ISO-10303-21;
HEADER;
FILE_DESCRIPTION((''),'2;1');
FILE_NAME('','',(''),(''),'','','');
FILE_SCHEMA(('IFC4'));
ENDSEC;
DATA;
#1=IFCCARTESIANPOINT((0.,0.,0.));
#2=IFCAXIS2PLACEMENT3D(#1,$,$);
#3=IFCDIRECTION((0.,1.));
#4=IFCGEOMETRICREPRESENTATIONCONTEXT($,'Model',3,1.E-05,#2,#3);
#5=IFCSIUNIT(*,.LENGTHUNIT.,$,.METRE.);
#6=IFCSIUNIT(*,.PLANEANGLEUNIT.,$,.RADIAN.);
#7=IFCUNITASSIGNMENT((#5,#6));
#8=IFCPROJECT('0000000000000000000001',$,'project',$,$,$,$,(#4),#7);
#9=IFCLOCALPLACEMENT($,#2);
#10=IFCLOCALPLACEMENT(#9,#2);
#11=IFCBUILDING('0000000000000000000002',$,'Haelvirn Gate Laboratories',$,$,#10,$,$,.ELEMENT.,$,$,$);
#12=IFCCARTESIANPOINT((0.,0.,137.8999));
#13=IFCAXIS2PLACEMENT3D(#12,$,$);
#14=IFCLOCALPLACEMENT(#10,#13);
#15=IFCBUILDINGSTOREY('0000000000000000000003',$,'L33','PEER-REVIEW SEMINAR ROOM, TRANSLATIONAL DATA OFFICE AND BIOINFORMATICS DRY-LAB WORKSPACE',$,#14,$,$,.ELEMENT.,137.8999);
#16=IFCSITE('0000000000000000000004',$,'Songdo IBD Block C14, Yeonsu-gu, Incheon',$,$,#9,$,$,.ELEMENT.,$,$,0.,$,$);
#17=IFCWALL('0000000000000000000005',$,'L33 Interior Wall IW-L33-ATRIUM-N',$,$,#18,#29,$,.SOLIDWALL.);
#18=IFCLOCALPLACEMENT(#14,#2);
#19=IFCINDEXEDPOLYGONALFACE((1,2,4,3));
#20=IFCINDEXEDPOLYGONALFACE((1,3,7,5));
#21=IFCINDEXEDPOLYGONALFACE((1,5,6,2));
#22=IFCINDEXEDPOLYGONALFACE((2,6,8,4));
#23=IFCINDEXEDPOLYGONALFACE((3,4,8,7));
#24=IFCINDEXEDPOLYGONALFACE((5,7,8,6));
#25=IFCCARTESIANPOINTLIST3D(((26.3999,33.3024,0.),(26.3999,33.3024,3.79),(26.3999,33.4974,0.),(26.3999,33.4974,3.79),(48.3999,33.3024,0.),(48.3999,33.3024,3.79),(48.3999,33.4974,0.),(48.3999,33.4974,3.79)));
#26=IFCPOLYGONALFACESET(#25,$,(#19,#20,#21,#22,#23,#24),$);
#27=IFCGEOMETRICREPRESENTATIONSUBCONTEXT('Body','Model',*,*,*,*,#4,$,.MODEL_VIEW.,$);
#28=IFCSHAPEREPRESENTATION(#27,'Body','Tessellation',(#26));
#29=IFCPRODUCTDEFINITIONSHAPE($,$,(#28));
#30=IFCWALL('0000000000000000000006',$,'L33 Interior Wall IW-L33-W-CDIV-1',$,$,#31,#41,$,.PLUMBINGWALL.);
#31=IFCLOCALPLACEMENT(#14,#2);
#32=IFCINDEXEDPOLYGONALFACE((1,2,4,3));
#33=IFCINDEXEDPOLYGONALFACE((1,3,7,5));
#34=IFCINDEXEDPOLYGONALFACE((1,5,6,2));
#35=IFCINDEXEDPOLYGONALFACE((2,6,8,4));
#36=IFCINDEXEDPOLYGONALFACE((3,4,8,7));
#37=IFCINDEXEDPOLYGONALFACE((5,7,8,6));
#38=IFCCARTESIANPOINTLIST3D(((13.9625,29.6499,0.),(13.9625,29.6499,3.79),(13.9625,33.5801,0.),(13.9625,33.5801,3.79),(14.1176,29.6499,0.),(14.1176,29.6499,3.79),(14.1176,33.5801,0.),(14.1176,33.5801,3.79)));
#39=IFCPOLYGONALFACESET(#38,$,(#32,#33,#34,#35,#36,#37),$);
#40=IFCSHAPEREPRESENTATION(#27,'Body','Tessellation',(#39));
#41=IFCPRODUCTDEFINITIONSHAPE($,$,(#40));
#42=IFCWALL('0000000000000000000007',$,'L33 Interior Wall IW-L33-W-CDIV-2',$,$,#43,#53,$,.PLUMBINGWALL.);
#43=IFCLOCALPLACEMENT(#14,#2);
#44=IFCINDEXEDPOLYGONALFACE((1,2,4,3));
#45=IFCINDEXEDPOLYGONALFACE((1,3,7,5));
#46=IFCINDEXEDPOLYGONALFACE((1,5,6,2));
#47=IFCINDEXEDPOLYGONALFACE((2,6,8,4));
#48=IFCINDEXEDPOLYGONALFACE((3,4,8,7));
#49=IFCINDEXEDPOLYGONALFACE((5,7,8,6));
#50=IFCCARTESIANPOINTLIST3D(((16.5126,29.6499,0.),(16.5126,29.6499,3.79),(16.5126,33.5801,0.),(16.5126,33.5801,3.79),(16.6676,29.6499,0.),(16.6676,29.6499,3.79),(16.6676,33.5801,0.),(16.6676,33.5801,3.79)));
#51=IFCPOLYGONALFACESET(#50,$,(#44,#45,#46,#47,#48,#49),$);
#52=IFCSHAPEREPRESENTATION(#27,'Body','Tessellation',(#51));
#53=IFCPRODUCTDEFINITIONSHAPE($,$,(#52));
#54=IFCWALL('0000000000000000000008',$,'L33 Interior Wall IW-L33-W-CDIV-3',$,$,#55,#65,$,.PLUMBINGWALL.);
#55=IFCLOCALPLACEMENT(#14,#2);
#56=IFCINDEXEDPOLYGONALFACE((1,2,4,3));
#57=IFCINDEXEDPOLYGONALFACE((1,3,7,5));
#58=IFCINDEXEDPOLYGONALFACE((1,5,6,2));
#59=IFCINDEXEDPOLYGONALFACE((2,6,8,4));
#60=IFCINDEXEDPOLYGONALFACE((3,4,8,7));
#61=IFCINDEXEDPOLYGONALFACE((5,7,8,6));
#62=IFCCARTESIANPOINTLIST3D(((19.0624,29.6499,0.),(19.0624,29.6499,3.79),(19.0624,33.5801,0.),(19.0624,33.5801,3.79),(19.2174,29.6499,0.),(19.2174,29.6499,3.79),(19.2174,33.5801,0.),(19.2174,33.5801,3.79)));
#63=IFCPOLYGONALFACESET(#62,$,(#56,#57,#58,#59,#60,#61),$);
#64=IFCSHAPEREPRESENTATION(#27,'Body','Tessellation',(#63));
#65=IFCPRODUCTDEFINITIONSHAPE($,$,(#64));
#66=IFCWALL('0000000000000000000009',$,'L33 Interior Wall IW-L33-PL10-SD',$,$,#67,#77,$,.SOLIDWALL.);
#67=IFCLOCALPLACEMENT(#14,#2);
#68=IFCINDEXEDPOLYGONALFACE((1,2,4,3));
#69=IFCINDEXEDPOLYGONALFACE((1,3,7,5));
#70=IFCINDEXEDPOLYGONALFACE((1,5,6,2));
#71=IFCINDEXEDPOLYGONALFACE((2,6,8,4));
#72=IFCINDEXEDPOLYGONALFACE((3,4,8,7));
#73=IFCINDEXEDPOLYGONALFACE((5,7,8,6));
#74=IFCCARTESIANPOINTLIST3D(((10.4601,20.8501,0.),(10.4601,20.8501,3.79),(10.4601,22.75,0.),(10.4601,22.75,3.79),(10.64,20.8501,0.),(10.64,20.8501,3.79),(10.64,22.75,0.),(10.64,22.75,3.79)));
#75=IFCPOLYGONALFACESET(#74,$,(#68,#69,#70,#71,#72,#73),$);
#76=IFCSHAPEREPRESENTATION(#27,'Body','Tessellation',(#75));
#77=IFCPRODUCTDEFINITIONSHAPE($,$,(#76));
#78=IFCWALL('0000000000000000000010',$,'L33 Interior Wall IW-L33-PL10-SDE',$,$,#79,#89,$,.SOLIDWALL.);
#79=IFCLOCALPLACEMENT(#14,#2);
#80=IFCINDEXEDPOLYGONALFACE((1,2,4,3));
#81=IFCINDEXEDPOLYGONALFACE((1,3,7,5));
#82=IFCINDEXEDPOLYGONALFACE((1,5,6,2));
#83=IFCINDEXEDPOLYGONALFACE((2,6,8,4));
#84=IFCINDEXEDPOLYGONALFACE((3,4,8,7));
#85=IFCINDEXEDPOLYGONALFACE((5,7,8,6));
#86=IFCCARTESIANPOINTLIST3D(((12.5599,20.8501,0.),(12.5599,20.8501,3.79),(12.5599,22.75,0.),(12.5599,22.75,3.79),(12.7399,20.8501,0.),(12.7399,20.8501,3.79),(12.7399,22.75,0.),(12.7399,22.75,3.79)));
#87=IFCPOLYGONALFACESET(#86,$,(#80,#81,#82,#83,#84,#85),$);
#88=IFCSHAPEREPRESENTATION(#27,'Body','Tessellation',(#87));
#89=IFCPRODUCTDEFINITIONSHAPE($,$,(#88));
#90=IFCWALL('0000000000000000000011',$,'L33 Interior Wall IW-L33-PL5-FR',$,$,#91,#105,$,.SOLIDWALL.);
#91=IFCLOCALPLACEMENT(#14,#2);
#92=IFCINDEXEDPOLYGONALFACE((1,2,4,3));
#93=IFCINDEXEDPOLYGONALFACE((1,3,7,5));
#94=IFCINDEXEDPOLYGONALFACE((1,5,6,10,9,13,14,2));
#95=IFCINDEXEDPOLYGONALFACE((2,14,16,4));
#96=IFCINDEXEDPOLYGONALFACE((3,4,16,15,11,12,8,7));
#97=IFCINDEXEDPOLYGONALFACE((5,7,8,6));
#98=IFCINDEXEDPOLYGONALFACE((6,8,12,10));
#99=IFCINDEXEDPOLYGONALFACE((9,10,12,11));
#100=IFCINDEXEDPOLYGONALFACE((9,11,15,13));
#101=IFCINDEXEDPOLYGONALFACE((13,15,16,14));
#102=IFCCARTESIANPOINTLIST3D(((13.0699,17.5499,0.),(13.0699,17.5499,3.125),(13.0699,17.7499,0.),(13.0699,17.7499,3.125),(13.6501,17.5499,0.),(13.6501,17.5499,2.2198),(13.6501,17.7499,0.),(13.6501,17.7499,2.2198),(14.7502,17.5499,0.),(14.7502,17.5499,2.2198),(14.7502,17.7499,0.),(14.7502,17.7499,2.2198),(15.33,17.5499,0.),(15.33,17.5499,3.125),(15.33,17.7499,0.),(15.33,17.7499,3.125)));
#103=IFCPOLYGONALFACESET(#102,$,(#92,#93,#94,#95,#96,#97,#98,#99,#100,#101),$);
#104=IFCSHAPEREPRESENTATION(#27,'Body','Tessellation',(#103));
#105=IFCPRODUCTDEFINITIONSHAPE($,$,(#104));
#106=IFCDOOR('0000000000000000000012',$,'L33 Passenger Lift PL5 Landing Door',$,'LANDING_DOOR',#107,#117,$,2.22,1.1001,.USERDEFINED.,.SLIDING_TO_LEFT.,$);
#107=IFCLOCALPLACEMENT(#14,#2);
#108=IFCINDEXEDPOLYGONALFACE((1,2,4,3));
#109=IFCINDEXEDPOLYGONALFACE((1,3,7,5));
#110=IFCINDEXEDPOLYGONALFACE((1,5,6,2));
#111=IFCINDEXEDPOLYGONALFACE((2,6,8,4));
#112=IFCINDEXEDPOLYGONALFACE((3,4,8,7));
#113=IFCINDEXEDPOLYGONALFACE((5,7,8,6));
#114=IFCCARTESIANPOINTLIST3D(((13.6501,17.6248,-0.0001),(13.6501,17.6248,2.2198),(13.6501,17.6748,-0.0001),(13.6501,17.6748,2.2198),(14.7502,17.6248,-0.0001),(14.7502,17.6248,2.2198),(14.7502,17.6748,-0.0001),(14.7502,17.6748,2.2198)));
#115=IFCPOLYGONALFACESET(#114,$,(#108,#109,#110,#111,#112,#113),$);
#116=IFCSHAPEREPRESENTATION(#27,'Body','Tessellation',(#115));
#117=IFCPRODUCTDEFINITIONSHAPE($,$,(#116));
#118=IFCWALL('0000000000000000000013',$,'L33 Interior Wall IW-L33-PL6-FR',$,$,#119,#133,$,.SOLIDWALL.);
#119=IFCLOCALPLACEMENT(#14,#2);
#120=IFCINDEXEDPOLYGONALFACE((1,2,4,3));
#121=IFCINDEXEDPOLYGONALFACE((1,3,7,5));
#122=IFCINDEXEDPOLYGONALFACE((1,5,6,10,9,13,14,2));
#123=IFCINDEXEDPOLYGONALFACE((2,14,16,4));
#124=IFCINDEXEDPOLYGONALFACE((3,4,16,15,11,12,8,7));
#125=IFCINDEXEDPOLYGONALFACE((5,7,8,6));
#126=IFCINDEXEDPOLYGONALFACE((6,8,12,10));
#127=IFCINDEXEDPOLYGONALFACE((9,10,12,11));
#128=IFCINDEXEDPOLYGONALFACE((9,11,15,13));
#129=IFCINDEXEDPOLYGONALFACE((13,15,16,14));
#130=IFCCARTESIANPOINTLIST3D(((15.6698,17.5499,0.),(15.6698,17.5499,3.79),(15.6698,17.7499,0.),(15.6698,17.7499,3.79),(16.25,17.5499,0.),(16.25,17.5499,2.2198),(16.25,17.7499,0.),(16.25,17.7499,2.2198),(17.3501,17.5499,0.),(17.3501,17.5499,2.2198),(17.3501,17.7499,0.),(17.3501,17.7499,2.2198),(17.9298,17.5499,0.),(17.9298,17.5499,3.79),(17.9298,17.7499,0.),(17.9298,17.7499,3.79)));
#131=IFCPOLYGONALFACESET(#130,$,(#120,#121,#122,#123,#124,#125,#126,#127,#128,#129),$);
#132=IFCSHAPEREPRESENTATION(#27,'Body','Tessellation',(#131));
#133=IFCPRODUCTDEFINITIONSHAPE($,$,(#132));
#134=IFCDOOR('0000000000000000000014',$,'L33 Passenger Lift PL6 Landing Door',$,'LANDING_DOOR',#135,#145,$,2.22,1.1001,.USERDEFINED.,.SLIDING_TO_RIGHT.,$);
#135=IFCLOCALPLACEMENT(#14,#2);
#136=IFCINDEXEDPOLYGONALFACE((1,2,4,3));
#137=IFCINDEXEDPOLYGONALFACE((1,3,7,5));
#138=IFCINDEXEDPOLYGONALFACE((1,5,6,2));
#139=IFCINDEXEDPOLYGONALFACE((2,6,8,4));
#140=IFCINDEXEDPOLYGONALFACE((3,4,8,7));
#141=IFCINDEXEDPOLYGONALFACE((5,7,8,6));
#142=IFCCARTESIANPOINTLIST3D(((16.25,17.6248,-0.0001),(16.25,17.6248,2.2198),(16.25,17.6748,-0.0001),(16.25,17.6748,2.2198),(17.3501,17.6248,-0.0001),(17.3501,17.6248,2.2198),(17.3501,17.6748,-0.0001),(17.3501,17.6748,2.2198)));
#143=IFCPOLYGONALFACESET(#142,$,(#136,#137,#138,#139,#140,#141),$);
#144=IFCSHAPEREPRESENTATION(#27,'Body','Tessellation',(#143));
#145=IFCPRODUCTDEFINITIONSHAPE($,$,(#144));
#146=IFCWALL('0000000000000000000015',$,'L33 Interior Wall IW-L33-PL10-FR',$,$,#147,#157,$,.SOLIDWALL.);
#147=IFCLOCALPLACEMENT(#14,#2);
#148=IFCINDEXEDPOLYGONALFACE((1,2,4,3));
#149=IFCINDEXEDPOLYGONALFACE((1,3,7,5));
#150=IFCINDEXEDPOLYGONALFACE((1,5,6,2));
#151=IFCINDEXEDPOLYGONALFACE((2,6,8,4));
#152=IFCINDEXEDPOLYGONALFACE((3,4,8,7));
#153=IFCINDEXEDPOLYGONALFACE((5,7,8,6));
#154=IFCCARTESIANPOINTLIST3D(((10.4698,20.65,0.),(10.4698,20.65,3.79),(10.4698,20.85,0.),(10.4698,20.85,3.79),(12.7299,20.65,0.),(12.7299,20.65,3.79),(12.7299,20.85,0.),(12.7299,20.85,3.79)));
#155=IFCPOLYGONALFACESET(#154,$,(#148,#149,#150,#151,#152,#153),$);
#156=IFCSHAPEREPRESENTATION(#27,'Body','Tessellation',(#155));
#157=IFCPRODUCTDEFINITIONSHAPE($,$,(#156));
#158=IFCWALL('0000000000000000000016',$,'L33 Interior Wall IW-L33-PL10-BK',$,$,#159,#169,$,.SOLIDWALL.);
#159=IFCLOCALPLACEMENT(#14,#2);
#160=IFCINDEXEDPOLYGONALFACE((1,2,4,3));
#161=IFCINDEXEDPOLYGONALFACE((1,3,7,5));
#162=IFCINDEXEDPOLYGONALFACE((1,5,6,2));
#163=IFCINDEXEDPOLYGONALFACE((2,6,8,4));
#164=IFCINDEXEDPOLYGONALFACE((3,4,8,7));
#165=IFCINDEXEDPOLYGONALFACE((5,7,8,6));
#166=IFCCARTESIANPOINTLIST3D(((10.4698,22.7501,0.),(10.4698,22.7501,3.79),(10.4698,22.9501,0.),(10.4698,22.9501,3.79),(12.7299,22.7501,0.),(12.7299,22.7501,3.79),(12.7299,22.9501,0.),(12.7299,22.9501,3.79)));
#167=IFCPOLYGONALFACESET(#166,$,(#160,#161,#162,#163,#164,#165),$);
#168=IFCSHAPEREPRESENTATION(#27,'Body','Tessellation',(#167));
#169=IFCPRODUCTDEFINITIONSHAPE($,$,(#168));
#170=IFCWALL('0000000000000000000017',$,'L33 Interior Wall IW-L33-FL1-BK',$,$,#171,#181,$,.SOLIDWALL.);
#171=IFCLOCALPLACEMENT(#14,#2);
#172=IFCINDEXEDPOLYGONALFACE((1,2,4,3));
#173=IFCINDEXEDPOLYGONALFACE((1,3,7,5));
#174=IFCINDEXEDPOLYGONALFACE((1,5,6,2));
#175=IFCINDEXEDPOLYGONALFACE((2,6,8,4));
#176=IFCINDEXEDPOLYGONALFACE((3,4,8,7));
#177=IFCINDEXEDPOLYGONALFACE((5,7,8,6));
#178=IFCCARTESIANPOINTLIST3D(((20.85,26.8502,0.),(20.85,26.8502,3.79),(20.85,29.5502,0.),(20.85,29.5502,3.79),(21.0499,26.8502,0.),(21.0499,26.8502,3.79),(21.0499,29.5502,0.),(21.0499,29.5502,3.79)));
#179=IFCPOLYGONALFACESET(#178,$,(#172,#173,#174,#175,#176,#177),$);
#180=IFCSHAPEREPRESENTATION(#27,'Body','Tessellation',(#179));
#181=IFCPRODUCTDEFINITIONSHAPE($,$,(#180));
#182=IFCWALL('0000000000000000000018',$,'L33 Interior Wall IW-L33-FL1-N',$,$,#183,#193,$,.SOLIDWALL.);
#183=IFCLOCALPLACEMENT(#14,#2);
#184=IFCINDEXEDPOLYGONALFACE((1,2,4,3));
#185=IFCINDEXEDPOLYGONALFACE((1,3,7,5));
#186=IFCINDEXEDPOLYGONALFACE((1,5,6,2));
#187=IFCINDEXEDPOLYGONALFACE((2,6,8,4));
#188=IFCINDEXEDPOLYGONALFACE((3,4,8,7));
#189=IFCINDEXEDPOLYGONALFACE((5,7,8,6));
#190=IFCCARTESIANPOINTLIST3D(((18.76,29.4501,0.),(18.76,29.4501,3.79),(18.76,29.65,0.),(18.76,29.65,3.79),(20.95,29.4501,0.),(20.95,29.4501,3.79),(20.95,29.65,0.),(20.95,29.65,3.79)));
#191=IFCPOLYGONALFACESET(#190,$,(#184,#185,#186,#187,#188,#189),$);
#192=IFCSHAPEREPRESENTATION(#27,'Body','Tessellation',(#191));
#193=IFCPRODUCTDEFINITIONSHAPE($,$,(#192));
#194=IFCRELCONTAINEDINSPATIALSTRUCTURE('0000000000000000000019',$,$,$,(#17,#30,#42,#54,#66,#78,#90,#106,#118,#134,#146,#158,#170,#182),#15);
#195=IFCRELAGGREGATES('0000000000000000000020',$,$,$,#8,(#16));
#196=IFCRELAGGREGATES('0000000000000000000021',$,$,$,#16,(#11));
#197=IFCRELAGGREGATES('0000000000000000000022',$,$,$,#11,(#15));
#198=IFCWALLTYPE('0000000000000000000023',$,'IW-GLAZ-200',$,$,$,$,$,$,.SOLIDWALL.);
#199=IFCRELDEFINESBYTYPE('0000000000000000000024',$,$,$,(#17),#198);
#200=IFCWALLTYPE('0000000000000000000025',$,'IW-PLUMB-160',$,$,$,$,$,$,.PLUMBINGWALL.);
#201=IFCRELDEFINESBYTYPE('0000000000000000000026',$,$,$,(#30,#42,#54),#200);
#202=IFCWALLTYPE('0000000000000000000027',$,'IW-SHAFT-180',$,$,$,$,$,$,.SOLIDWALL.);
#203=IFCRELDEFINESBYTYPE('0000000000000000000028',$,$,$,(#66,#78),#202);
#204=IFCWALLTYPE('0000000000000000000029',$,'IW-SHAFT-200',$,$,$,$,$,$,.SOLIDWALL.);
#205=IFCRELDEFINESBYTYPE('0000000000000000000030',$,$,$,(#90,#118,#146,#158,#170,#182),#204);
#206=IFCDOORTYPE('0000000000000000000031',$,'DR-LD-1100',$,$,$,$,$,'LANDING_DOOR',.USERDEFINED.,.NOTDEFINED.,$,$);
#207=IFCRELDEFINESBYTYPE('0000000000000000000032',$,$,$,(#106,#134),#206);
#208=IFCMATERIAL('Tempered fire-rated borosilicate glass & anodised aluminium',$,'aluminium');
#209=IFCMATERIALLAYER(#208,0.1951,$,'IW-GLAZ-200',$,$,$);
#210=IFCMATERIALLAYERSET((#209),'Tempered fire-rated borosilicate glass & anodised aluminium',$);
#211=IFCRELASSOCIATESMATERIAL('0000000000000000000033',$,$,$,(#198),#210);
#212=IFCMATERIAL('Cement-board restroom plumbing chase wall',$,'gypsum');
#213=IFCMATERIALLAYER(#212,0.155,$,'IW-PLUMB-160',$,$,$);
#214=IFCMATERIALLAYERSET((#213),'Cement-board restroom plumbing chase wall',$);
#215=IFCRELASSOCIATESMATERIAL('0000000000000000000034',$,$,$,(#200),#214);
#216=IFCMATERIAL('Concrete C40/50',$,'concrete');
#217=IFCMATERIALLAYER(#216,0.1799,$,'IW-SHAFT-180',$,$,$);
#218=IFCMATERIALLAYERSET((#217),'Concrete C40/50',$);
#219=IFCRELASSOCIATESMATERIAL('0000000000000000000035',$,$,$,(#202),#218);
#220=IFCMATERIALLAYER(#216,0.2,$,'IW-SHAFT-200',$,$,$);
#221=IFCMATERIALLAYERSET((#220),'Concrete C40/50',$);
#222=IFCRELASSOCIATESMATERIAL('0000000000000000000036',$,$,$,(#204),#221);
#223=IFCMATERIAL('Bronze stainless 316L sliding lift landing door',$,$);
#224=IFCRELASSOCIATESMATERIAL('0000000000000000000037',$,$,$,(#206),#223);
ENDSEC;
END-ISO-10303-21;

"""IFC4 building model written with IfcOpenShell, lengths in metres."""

from ifc_helpers import new_model, si_unit, direction, frame, frame_2d, origin, place, context, subcontext, project, spatial, rectangle, extrude, source, transform, mapped, material, layer, layer_set, type_object, type_shapes, element, fill, save


model = new_model("IFC4")

# Units and contexts
model_context = context("Model", 3, precision=1e-05, world=origin(), true_north=direction((0.0, 1.0)))
body_context = subcontext(model_context, "Body", "Model", "MODEL_VIEW")
ifc_project = project(units=[si_unit("LENGTHUNIT", "METRE"), si_unit("PLANEANGLEUNIT", "RADIAN")], contexts=[model_context])

# Site, building, storey
site_placement = place(None, origin())
site = spatial("IfcSite", under=ifc_project, at=site_placement, Name="Songdo IBD Block C14, Yeonsu-gu, Incheon", CompositionType="ELEMENT", RefElevation=0.0)
building_placement = place(site_placement, origin())
building = spatial("IfcBuilding", under=site, at=building_placement, Name="Haelvirn Gate Laboratories", CompositionType="ELEMENT")
storey_placement = place(building_placement, frame((0.0, 0.0, 137.8999)))
storey = spatial("IfcBuildingStorey", under=building, at=storey_placement, Name="L33", Description="PEER-REVIEW SEMINAR ROOM, TRANSLATIONAL DATA OFFICE AND BIOINFORMATICS DRY-LAB WORKSPACE", CompositionType="ELEMENT", Elevation=137.8999)

# Walls
ifc_material_1 = material(Name="Tempered fire-rated borosilicate glass & anodised aluminium", Category="aluminium")
ifc_layer_1 = layer(ifc_material_1, 0.1951, Name="IW-GLAZ-200")
ifc_layer_set_1 = layer_set([ifc_layer_1], Name="Tempered fire-rated borosilicate glass & anodised aluminium")
wall_type_1 = type_object("IfcWallType", Name="IW-GLAZ-200", PredefinedType="SOLIDWALL", material=ifc_layer_set_1)
wall_1_placement = place(storey_placement, frame((26.3999, 33.3999, 0.0), z_axis=(0.0, 0.0, 1.0), x_axis=(1.0, 0.0, 0.0)))
element("IfcWall", 1, at=wall_1_placement, inside=storey, type_object=wall_type_1, Name="L33 Interior Wall IW-L33-ATRIUM-N", PredefinedType="SOLIDWALL", context=body_context, shape_type="SweptSolid", body=[
    extrude(rectangle(XDim=22.0, YDim=0.1951, at=frame_2d((11.0, 0.0))), origin(), (0.0, 0.0, 1.0), 3.79),
])
ifc_material_2 = material(Name="Cement-board restroom plumbing chase wall", Category="gypsum")
ifc_layer_2 = layer(ifc_material_2, 0.155, Name="IW-PLUMB-160")
ifc_layer_set_2 = layer_set([ifc_layer_2], Name="Cement-board restroom plumbing chase wall")
wall_type_2 = type_object("IfcWallType", Name="IW-PLUMB-160", PredefinedType="PLUMBINGWALL", material=ifc_layer_set_2)
for number, where, z_axis, x_axis, name in (
    (2, (14.04, 29.6499, 0.0), (0.0, 0.0, 1.0), (0.0, 1.0, 0.0), "L33 Interior Wall IW-L33-W-CDIV-1"),
    (3, (16.5901, 29.6499, 0.0), (0.0, 0.0, 1.0), (0.0, 1.0, 0.0), "L33 Interior Wall IW-L33-W-CDIV-2"),
    (4, (19.1399, 29.6499, 0.0), (0.0, 0.0, 1.0), (0.0, 1.0, 0.0), "L33 Interior Wall IW-L33-W-CDIV-3"),
):
    element("IfcWall", number, at=place(storey_placement, frame(where, z_axis=z_axis, x_axis=x_axis)), inside=storey, type_object=wall_type_2, Name=name, PredefinedType="PLUMBINGWALL", context=body_context, shape_type="SweptSolid", body=[
        extrude(rectangle(XDim=3.9302, YDim=0.155, at=frame_2d((1.9651, 0.0))), origin(), (0.0, 0.0, 1.0), 3.79),
    ])
ifc_material_3 = material(Name="Concrete C40/50", Category="concrete")
ifc_layer_3 = layer(ifc_material_3, 0.1799, Name="IW-SHAFT-180")
ifc_layer_set_3 = layer_set([ifc_layer_3], Name="Concrete C40/50")
wall_type_3 = type_object("IfcWallType", Name="IW-SHAFT-180", PredefinedType="SOLIDWALL", material=ifc_layer_set_3)
for number, where, z_axis, x_axis, name in (
    (5, (10.55, 20.8501, 0.0), (0.0, 0.0, 1.0), (0.0, 1.0, 0.0), "L33 Interior Wall IW-L33-PL10-SD"),
    (6, (12.6499, 20.8501, 0.0), (0.0, 0.0, 1.0), (0.0, 1.0, 0.0), "L33 Interior Wall IW-L33-PL10-SDE"),
):
    element("IfcWall", number, at=place(storey_placement, frame(where, z_axis=z_axis, x_axis=x_axis)), inside=storey, type_object=wall_type_3, Name=name, PredefinedType="SOLIDWALL", context=body_context, shape_type="SweptSolid", body=[
        extrude(rectangle(XDim=1.8999, YDim=0.1799, at=frame_2d((0.95, 0.0))), origin(), (0.0, 0.0, 1.0), 3.79),
    ])

# Walls, openings, doors
ifc_layer_4 = layer(ifc_material_3, 0.2, Name="IW-SHAFT-200")
ifc_layer_set_4 = layer_set([ifc_layer_4], Name="Concrete C40/50")
wall_type_4 = type_object("IfcWallType", Name="IW-SHAFT-200", PredefinedType="SOLIDWALL", material=ifc_layer_set_4)
wall_2_placement = place(storey_placement, frame((13.0701, 17.6499, 0.0), z_axis=(0.0, 0.0, 1.0), x_axis=(1.0, 0.0, 0.0)))
wall_2 = element("IfcWall", 7, at=wall_2_placement, inside=storey, type_object=wall_type_4, Name="L33 Interior Wall IW-L33-PL5-FR", PredefinedType="SOLIDWALL", context=body_context, shape_type="SweptSolid", body=[
    extrude(rectangle(XDim=2.26, YDim=0.2, at=frame_2d((1.1299, 0.0))), origin(), (0.0, 0.0, 1.0), 3.125),
])
opening_1_placement = place(wall_2_placement, frame((0.5801, 0.0, 0.0)))
opening_1 = element("IfcOpeningElement", 8, at=opening_1_placement, cuts=wall_2, PredefinedType="OPENING", context=body_context, shape_type="SweptSolid", body=[
    extrude(rectangle(XDim=1.1001, YDim=2.22, at=frame_2d((0.55, 1.1099))), frame((0.0, 0.1099, 0.0), z_axis=(0.0, -1.0, 0.0), x_axis=(1.0, 0.0, 0.0)), (0.0, 0.0, 1.0), 0.22),
])
ifc_material_4 = material(Name="Bronze stainless 316L sliding lift landing door")
door_type_1 = type_object("IfcDoorType", Name="DR-LD-1100", ElementType="LANDING_DOOR", OperationType="NOTDEFINED", PredefinedType="USERDEFINED", material=ifc_material_4)
shared_shape_1 = source(origin(), body_context, "Body", "SweptSolid", [
    extrude(rectangle(XDim=1.1001, YDim=2.22, at=frame_2d((0.55, 1.1099))), frame((0.0, 0.0249, 0.0), z_axis=(0.0, -1.0, 0.0), x_axis=(1.0, 0.0, 0.0)), (0.0, 0.0, 1.0), 0.05),
])
type_shapes(door_type_1, [shared_shape_1])
door_1_placement = place(opening_1_placement, origin())
door_1 = element("IfcDoor", 9, at=door_1_placement, inside=storey, type_object=door_type_1, Name="L33 Passenger Lift PL5 Landing Door", ObjectType="LANDING_DOOR", OperationType="SLIDING_TO_LEFT", OverallHeight=2.22, OverallWidth=1.1001, PredefinedType="USERDEFINED", context=body_context, shape_type="MappedRepresentation", body=[
    mapped(shared_shape_1, transform((0.0, 0.0, 0.0), scale=1.0)),
])
fill(opening_1, door_1)
wall_3_placement = place(storey_placement, frame((15.6699, 17.6499, 0.0), z_axis=(0.0, 0.0, 1.0), x_axis=(1.0, 0.0, 0.0)))
wall_3 = element("IfcWall", 10, at=wall_3_placement, inside=storey, type_object=wall_type_4, Name="L33 Interior Wall IW-L33-PL6-FR", PredefinedType="SOLIDWALL", context=body_context, shape_type="SweptSolid", body=[
    extrude(rectangle(XDim=2.26, YDim=0.2, at=frame_2d((1.1299, 0.0))), origin(), (0.0, 0.0, 1.0), 3.79),
])
opening_2_placement = place(wall_3_placement, frame((0.5801, 0.0, 0.0)))
opening_2 = element("IfcOpeningElement", 11, at=opening_2_placement, cuts=wall_3, PredefinedType="OPENING", context=body_context, shape_type="SweptSolid", body=[
    extrude(rectangle(XDim=1.1001, YDim=2.22, at=frame_2d((0.55, 1.1099))), frame((0.0, 0.1099, 0.0), z_axis=(0.0, -1.0, 0.0), x_axis=(1.0, 0.0, 0.0)), (0.0, 0.0, 1.0), 0.22),
])
door_2_placement = place(opening_2_placement, origin())
door_2 = element("IfcDoor", 12, at=door_2_placement, inside=storey, type_object=door_type_1, Name="L33 Passenger Lift PL6 Landing Door", ObjectType="LANDING_DOOR", OperationType="SLIDING_TO_RIGHT", OverallHeight=2.22, OverallWidth=1.1001, PredefinedType="USERDEFINED", context=body_context, shape_type="MappedRepresentation", body=[
    mapped(shared_shape_1, transform((0.0, 0.0, 0.0), scale=1.0)),
])
fill(opening_2, door_2)

# Walls
for number, where, z_axis, x_axis, name in (
    (13, (10.47, 20.75, 0.0), (0.0, 0.0, 1.0), (1.0, 0.0, 0.0), "L33 Interior Wall IW-L33-PL10-FR"),
    (14, (10.47, 22.8501, 0.0), (0.0, 0.0, 1.0), (1.0, 0.0, 0.0), "L33 Interior Wall IW-L33-PL10-BK"),
):
    element("IfcWall", number, at=place(storey_placement, frame(where, z_axis=z_axis, x_axis=x_axis)), inside=storey, type_object=wall_type_4, Name=name, PredefinedType="SOLIDWALL", context=body_context, shape_type="SweptSolid", body=[
        extrude(rectangle(XDim=2.26, YDim=0.2, at=frame_2d((1.1299, 0.0))), origin(), (0.0, 0.0, 1.0), 3.79),
    ])
wall_4_placement = place(storey_placement, frame((20.95, 26.8501, 0.0), z_axis=(0.0, 0.0, 1.0), x_axis=(0.0, 1.0, 0.0)))
element("IfcWall", 15, at=wall_4_placement, inside=storey, type_object=wall_type_4, Name="L33 Interior Wall IW-L33-FL1-BK", PredefinedType="SOLIDWALL", context=body_context, shape_type="SweptSolid", body=[
    extrude(rectangle(XDim=2.7, YDim=0.2, at=frame_2d((1.3501, 0.0))), origin(), (0.0, 0.0, 1.0), 3.79),
])
wall_5_placement = place(storey_placement, frame((18.76, 29.55, 0.0), z_axis=(0.0, 0.0, 1.0), x_axis=(1.0, 0.0, 0.0)))
element("IfcWall", 16, at=wall_5_placement, inside=storey, type_object=wall_type_4, Name="L33 Interior Wall IW-L33-FL1-N", PredefinedType="SOLIDWALL", context=body_context, shape_type="SweptSolid", body=[
    extrude(rectangle(XDim=2.1899, YDim=0.2, at=frame_2d((1.095, 0.0))), origin(), (0.0, 0.0, 1.0), 3.79),
])

save(model, "model.ifc")
